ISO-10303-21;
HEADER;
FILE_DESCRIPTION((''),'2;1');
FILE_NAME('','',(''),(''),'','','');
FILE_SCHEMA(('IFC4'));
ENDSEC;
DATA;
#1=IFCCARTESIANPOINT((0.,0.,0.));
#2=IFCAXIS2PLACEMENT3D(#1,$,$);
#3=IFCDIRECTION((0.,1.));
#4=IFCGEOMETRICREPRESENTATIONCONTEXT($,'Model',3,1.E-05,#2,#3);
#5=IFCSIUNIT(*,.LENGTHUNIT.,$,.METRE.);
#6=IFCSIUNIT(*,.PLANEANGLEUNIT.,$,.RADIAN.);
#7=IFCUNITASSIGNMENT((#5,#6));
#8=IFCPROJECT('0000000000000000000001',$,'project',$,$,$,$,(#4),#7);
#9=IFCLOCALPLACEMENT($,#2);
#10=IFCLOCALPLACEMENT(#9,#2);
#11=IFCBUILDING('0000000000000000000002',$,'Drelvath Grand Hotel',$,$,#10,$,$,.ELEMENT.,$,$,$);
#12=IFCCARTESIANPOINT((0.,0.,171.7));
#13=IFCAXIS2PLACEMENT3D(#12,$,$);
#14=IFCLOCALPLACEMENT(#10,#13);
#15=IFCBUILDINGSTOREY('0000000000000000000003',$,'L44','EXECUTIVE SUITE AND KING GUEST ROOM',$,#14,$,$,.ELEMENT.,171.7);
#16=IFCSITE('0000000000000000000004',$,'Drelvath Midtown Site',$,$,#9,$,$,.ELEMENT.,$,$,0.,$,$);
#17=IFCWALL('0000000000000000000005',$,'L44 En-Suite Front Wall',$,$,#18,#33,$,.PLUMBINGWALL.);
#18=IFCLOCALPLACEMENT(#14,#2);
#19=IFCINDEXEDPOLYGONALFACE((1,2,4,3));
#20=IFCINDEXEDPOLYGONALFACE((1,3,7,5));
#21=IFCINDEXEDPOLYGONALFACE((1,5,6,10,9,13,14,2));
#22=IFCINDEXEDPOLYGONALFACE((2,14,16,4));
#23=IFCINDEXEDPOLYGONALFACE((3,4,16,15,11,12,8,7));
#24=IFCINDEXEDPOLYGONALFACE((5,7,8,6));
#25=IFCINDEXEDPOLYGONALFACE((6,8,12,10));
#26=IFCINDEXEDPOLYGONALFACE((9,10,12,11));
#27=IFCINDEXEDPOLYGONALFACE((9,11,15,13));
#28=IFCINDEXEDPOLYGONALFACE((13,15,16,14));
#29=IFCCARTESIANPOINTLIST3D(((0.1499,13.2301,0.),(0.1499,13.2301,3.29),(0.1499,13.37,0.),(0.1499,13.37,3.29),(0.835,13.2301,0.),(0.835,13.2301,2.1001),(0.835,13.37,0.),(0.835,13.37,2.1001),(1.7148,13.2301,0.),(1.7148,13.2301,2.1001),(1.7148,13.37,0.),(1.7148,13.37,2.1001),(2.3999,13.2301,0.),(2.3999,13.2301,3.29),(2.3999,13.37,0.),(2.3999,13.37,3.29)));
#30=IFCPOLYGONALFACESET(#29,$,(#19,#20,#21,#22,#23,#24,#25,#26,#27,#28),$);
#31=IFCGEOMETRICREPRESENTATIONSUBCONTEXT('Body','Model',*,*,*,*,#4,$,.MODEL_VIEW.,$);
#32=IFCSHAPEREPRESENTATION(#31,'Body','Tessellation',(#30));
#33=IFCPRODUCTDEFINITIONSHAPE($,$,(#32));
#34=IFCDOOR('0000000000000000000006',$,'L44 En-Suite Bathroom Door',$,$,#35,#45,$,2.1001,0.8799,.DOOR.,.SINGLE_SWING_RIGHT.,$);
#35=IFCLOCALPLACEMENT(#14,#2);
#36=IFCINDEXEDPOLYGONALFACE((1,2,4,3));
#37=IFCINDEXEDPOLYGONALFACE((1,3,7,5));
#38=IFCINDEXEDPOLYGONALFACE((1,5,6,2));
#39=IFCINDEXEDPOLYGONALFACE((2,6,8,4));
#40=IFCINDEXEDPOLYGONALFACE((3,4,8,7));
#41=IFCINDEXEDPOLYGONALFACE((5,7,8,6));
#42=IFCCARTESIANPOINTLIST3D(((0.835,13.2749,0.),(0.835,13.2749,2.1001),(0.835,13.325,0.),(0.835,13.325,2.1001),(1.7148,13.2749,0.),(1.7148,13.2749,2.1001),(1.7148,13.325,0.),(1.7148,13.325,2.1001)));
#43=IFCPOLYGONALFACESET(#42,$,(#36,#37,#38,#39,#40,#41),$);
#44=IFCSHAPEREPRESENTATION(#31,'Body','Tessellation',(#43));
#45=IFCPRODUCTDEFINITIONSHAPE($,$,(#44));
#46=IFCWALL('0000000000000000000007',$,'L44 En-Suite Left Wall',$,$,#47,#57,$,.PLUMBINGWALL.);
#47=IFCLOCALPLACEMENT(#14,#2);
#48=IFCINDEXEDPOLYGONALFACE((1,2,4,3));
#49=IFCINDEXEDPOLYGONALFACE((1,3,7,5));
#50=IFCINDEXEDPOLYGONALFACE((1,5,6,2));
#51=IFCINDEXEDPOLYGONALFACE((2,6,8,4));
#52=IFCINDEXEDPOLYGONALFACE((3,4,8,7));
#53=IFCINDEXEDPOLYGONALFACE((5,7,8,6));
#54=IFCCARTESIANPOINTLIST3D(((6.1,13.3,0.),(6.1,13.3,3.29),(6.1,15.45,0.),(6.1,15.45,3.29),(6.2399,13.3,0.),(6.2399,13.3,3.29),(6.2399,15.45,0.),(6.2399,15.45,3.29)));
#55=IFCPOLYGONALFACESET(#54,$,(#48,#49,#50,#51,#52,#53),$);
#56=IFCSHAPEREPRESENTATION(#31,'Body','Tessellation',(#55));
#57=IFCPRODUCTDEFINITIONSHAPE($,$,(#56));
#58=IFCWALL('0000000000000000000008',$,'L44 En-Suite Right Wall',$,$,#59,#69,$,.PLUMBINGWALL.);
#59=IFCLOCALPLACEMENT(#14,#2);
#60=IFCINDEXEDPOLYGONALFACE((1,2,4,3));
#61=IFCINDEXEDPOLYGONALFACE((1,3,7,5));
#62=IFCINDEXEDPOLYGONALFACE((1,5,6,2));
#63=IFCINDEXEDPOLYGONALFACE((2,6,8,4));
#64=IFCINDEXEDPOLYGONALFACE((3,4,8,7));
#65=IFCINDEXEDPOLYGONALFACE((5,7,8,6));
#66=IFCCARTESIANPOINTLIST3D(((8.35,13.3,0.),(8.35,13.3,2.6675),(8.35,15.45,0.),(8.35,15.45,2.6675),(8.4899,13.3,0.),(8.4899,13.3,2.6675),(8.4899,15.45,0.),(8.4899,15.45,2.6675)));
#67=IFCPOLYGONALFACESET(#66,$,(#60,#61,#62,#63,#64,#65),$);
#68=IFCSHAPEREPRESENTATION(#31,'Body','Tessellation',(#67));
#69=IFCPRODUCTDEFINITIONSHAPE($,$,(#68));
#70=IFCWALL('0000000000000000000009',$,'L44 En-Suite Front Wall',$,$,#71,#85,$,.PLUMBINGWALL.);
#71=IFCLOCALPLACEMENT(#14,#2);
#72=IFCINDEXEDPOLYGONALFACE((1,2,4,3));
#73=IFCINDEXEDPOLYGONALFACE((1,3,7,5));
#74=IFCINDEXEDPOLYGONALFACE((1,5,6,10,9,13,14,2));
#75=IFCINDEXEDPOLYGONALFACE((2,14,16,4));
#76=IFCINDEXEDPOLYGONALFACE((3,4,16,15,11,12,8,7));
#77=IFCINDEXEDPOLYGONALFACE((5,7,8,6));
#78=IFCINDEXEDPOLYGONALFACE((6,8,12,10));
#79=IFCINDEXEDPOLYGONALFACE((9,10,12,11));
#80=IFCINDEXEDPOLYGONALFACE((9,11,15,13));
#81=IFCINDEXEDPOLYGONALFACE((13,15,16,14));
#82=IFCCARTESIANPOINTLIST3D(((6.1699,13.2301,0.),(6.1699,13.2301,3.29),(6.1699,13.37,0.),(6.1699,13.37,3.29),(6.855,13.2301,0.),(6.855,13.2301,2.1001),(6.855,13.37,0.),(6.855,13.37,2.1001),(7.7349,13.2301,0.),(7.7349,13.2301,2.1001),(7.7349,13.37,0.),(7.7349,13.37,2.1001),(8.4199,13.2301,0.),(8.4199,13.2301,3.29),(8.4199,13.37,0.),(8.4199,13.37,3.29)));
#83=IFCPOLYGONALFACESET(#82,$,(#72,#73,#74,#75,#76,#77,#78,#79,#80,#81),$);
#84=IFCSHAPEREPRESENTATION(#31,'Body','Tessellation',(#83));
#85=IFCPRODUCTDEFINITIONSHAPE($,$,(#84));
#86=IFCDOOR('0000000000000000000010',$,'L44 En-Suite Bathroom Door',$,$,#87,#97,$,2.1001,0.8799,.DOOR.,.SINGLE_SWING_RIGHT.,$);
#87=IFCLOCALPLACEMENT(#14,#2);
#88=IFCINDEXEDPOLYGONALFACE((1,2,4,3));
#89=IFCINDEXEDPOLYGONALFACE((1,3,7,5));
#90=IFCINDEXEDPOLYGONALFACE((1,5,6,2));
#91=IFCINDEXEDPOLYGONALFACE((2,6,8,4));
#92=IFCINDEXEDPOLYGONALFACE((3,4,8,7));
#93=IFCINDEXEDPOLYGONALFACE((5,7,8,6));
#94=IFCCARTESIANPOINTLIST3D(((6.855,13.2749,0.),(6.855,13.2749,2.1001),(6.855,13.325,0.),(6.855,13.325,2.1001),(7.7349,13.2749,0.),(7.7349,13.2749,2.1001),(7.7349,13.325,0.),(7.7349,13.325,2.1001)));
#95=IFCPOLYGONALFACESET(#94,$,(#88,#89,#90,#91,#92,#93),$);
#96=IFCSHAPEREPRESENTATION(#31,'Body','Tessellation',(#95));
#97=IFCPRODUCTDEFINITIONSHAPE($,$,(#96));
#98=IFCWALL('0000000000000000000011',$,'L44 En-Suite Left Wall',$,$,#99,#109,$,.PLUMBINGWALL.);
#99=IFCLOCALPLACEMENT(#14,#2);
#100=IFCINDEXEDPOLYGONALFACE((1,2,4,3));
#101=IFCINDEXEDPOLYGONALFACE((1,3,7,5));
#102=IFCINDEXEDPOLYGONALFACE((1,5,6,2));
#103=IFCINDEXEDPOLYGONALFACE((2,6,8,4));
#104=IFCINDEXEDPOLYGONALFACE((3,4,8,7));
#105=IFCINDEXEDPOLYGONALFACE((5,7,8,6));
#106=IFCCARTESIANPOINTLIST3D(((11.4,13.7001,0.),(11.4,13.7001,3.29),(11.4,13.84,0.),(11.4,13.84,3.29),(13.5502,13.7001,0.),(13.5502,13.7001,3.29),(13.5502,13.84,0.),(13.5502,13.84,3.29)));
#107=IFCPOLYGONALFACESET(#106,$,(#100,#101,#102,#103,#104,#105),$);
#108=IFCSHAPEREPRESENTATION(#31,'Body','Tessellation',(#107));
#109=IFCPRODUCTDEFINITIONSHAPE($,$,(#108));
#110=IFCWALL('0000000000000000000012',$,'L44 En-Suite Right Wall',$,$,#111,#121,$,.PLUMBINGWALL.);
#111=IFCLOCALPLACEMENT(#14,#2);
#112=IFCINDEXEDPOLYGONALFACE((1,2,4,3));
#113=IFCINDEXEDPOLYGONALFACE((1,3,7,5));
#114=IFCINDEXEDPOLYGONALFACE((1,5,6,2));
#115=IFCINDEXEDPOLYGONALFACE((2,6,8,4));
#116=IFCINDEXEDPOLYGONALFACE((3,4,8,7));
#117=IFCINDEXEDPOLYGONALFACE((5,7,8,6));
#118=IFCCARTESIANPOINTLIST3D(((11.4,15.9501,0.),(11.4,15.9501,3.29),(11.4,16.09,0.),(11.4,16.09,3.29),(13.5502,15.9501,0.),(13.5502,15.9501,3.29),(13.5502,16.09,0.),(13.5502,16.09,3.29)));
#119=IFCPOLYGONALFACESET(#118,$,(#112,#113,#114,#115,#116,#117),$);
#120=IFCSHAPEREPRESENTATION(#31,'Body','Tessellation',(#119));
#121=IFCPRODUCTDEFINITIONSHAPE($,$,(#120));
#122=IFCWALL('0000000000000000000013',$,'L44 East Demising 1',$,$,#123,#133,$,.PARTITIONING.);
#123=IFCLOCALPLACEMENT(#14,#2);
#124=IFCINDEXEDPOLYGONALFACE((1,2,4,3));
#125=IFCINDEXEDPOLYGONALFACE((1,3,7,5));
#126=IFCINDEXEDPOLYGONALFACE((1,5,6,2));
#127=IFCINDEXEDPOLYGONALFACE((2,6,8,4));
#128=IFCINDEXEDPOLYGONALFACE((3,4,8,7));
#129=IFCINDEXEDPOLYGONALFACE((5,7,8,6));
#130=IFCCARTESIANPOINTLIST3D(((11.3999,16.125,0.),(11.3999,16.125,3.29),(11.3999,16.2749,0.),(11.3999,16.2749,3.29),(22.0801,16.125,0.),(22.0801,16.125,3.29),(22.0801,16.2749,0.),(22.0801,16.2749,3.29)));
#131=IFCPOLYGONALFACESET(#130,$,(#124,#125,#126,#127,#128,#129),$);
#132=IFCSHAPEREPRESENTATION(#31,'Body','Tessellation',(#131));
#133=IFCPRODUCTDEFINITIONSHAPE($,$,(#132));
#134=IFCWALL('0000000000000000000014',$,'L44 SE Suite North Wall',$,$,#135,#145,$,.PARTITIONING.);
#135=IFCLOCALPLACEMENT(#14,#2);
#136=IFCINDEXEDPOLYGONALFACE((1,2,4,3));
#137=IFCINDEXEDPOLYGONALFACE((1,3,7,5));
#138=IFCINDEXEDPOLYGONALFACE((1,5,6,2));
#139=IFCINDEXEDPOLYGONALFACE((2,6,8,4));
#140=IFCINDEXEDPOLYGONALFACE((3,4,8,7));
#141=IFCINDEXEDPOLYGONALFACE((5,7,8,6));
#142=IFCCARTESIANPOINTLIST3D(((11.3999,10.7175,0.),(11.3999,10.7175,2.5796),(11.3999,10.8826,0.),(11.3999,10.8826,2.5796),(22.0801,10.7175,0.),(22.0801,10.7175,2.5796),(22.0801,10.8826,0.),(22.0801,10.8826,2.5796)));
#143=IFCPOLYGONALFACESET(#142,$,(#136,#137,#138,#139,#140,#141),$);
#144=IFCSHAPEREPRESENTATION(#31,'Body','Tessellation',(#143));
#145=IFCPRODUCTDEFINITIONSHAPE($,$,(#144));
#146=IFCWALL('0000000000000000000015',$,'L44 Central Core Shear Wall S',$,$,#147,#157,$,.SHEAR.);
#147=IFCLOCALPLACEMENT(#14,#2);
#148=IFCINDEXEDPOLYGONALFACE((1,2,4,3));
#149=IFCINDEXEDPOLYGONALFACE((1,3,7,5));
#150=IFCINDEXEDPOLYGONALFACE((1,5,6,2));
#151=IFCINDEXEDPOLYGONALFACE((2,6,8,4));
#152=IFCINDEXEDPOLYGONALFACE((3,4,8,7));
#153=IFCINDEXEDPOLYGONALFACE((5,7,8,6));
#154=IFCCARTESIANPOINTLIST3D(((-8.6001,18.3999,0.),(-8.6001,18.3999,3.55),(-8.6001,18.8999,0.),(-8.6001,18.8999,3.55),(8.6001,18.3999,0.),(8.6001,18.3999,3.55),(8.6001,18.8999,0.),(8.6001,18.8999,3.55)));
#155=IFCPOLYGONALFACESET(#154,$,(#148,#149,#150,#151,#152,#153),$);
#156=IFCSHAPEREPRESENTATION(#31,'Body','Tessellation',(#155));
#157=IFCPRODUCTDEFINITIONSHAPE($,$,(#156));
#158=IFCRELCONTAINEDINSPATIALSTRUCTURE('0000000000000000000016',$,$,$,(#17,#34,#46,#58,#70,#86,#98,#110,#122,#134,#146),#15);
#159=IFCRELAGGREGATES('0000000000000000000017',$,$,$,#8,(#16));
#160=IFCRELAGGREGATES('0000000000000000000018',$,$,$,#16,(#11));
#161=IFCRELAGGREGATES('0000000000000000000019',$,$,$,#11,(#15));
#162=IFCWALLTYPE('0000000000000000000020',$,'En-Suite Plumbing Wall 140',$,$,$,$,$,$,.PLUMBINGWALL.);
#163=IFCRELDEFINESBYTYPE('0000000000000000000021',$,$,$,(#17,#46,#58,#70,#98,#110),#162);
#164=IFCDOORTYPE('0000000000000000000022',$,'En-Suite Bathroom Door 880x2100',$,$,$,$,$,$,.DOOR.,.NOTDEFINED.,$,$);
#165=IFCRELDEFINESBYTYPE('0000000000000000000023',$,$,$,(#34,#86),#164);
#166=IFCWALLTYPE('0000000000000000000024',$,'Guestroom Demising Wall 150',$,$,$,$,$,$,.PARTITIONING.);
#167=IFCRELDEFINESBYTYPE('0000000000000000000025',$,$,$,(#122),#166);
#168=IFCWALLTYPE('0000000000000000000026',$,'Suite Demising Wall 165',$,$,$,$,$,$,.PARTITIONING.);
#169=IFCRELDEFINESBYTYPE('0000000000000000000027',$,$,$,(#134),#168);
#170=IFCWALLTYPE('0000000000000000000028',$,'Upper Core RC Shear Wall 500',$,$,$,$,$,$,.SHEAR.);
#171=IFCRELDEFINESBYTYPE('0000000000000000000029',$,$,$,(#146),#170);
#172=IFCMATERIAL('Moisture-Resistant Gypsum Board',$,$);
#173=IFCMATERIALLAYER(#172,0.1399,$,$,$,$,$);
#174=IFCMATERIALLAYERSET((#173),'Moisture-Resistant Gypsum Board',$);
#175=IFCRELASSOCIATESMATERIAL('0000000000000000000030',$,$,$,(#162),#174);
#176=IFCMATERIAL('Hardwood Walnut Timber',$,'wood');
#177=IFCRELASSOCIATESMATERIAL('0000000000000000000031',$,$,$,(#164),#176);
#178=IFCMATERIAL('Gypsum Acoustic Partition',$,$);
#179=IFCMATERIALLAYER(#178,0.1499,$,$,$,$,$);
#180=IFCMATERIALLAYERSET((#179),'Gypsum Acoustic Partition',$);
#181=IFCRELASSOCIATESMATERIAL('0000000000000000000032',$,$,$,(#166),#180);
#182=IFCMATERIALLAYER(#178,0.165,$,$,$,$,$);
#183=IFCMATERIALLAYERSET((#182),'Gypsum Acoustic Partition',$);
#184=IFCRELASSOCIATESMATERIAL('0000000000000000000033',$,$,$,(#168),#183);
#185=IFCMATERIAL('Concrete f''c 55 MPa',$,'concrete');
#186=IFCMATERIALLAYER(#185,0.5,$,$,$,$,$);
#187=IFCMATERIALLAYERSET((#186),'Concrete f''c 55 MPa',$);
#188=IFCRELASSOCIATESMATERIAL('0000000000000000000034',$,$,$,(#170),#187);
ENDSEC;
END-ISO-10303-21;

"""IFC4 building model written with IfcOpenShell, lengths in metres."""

from ifc_helpers import new_model, si_unit, direction, frame, frame_2d, origin, place, context, subcontext, project, spatial, rectangle, extrude, material, layer, layer_set, type_object, element, fill, save


model = new_model("IFC4")

# Units and contexts
model_context = context("Model", 3, precision=1e-05, world=origin(), true_north=direction((0.0, 1.0)))
body_context = subcontext(model_context, "Body", "Model", "MODEL_VIEW")
ifc_project = project(units=[si_unit("LENGTHUNIT", "METRE"), si_unit("PLANEANGLEUNIT", "RADIAN")], contexts=[model_context])

# Site, building, storey
site_placement = place(None, origin())
site = spatial("IfcSite", under=ifc_project, at=site_placement, Name="Drelvath Midtown Site", CompositionType="ELEMENT", RefElevation=0.0)
building_placement = place(site_placement, origin())
building = spatial("IfcBuilding", under=site, at=building_placement, Name="Drelvath Grand Hotel", CompositionType="ELEMENT")
storey_placement = place(building_placement, frame((0.0, 0.0, 171.7)))
storey = spatial("IfcBuildingStorey", under=building, at=storey_placement, Name="L44", Description="EXECUTIVE SUITE AND KING GUEST ROOM", CompositionType="ELEMENT", Elevation=171.7)

# Shared definitions
ifc_material_1 = material(Name="Concrete f'c 55 MPa", Category="concrete")

# Shared definitions
ifc_material_2 = material(Name="Moisture-Resistant Gypsum Board")
ifc_layer_1 = layer(ifc_material_2, 0.1399)
ifc_layer_set_1 = layer_set([ifc_layer_1], Name="Moisture-Resistant Gypsum Board")
wall_type_1 = type_object("IfcWallType", Name="En-Suite Plumbing Wall 140", PredefinedType="PLUMBINGWALL", material=ifc_layer_set_1)

# Wall, opening, door
wall_1_placement = place(storey_placement, frame((0.1499, 13.3, 0.0), z_axis=(0.0, 0.0, 1.0), x_axis=(1.0, 0.0, 0.0)))
wall_1 = element("IfcWall", 1, at=wall_1_placement, inside=storey, type_object=wall_type_1, Name="L44 En-Suite Front Wall", PredefinedType="PLUMBINGWALL", context=body_context, shape_type="SweptSolid", body=[
    extrude(rectangle(XDim=2.25, YDim=0.1399, at=frame_2d((1.125, 0.0))), origin(), (0.0, 0.0, 1.0), 3.29),
])
opening_1_placement = place(wall_1_placement, frame((0.6851, 0.0, 0.0)))
opening_1 = element("IfcOpeningElement", 2, at=opening_1_placement, cuts=wall_1, PredefinedType="OPENING", context=body_context, shape_type="SweptSolid", body=[
    extrude(rectangle(XDim=0.8799, YDim=2.1001, at=frame_2d((0.4399, 1.05))), frame((0.0, 0.0798, 0.0), z_axis=(0.0, -1.0, 0.0), x_axis=(1.0, 0.0, 0.0)), (0.0, 0.0, 1.0), 0.1599),
])
ifc_material_3 = material(Name="Hardwood Walnut Timber", Category="wood")
door_type_1 = type_object("IfcDoorType", Name="En-Suite Bathroom Door 880x2100", OperationType="NOTDEFINED", PredefinedType="DOOR", material=ifc_material_3)
door_1_placement = place(opening_1_placement, origin())
door_1 = element("IfcDoor", 3, at=door_1_placement, inside=storey, type_object=door_type_1, Name="L44 En-Suite Bathroom Door", OperationType="SINGLE_SWING_RIGHT", OverallHeight=2.1001, OverallWidth=0.8799, PredefinedType="DOOR", context=body_context, shape_type="SweptSolid", body=[
    extrude(rectangle(XDim=0.8799, YDim=2.1001, at=frame_2d((0.4399, 1.05))), frame((0.0, 0.0249, 0.0), z_axis=(0.0, -1.0, 0.0), x_axis=(1.0, 0.0, 0.0)), (0.0, 0.0, 1.0), 0.05),
])
fill(opening_1, door_1)

# Walls
wall_2_placement = place(storey_placement, frame((6.1699, 15.45, 0.0), z_axis=(0.0, 0.0, 1.0), x_axis=(0.0, -1.0, 0.0)))
element("IfcWall", 4, at=wall_2_placement, inside=storey, type_object=wall_type_1, Name="L44 En-Suite Left Wall", PredefinedType="PLUMBINGWALL", context=body_context, shape_type="SweptSolid", body=[
    extrude(rectangle(XDim=2.1499, YDim=0.1399, at=frame_2d((1.075, 0.0))), origin(), (0.0, 0.0, 1.0), 3.29),
])
wall_3_placement = place(storey_placement, frame((8.4199, 15.45, 0.0), z_axis=(0.0, 0.0, 1.0), x_axis=(0.0, -1.0, 0.0)))
element("IfcWall", 5, at=wall_3_placement, inside=storey, type_object=wall_type_1, Name="L44 En-Suite Right Wall", PredefinedType="PLUMBINGWALL", context=body_context, shape_type="SweptSolid", body=[
    extrude(rectangle(XDim=2.1499, YDim=0.1399, at=frame_2d((1.075, 0.0))), origin(), (0.0, 0.0, 1.0), 2.6675),
])

# Wall, opening, door
wall_4_placement = place(storey_placement, frame((6.1699, 13.3, 0.0), z_axis=(0.0, 0.0, 1.0), x_axis=(1.0, 0.0, 0.0)))
wall_4 = element("IfcWall", 6, at=wall_4_placement, inside=storey, type_object=wall_type_1, Name="L44 En-Suite Front Wall", PredefinedType="PLUMBINGWALL", context=body_context, shape_type="SweptSolid", body=[
    extrude(rectangle(XDim=2.25, YDim=0.1399, at=frame_2d((1.125, 0.0))), origin(), (0.0, 0.0, 1.0), 3.29),
])
opening_2_placement = place(wall_4_placement, frame((0.6851, 0.0, 0.0)))
opening_2 = element("IfcOpeningElement", 7, at=opening_2_placement, cuts=wall_4, PredefinedType="OPENING", context=body_context, shape_type="SweptSolid", body=[
    extrude(rectangle(XDim=0.8799, YDim=2.1001, at=frame_2d((0.4399, 1.05))), frame((0.0, 0.0798, 0.0), z_axis=(0.0, -1.0, 0.0), x_axis=(1.0, 0.0, 0.0)), (0.0, 0.0, 1.0), 0.1599),
])
door_2_placement = place(opening_2_placement, origin())
door_2 = element("IfcDoor", 8, at=door_2_placement, inside=storey, type_object=door_type_1, Name="L44 En-Suite Bathroom Door", OperationType="SINGLE_SWING_RIGHT", OverallHeight=2.1001, OverallWidth=0.8799, PredefinedType="DOOR", context=body_context, shape_type="SweptSolid", body=[
    extrude(rectangle(XDim=0.8799, YDim=2.1001, at=frame_2d((0.4399, 1.05))), frame((0.0, 0.0249, 0.0), z_axis=(0.0, -1.0, 0.0), x_axis=(1.0, 0.0, 0.0)), (0.0, 0.0, 1.0), 0.05),
])
fill(opening_2, door_2)

# Walls
for number, where, z_axis, x_axis, name in (
    (9, (11.3999, 13.77, 0.0), (0.0, 0.0, 1.0), (1.0, 0.0, 0.0), "L44 En-Suite Left Wall"),
    (10, (11.3999, 16.02, 0.0), (0.0, 0.0, 1.0), (1.0, 0.0, 0.0), "L44 En-Suite Right Wall"),
):
    element("IfcWall", number, at=place(storey_placement, frame(where, z_axis=z_axis, x_axis=x_axis)), inside=storey, type_object=wall_type_1, Name=name, PredefinedType="PLUMBINGWALL", context=body_context, shape_type="SweptSolid", body=[
        extrude(rectangle(XDim=2.1501, YDim=0.1399, at=frame_2d((1.0752, 0.0))), origin(), (0.0, 0.0, 1.0), 3.29),
    ])
ifc_material_4 = material(Name="Gypsum Acoustic Partition")
ifc_layer_2 = layer(ifc_material_4, 0.1499)
ifc_layer_set_2 = layer_set([ifc_layer_2], Name="Gypsum Acoustic Partition")
wall_type_2 = type_object("IfcWallType", Name="Guestroom Demising Wall 150", PredefinedType="PARTITIONING", material=ifc_layer_set_2)
wall_5_placement = place(storey_placement, frame((11.3999, 16.2, 0.0), z_axis=(0.0, 0.0, 1.0), x_axis=(1.0, 0.0, 0.0)))
element("IfcWall", 11, at=wall_5_placement, inside=storey, type_object=wall_type_2, Name="L44 East Demising 1", PredefinedType="PARTITIONING", context=body_context, shape_type="SweptSolid", body=[
    extrude(rectangle(XDim=10.6802, YDim=0.1499, at=frame_2d((5.3401, 0.0))), origin(), (0.0, 0.0, 1.0), 3.29),
])
ifc_layer_3 = layer(ifc_material_4, 0.165)
ifc_layer_set_3 = layer_set([ifc_layer_3], Name="Gypsum Acoustic Partition")
wall_type_3 = type_object("IfcWallType", Name="Suite Demising Wall 165", PredefinedType="PARTITIONING", material=ifc_layer_set_3)
wall_6_placement = place(storey_placement, frame((11.3999, 10.8, 0.0), z_axis=(0.0, 0.0, 1.0), x_axis=(1.0, 0.0, 0.0)))
element("IfcWall", 12, at=wall_6_placement, inside=storey, type_object=wall_type_3, Name="L44 SE Suite North Wall", PredefinedType="PARTITIONING", context=body_context, shape_type="SweptSolid", body=[
    extrude(rectangle(XDim=10.6802, YDim=0.165, at=frame_2d((5.3401, 0.0))), origin(), (0.0, 0.0, 1.0), 2.5796),
])
ifc_layer_4 = layer(ifc_material_1, 0.5)
ifc_layer_set_4 = layer_set([ifc_layer_4], Name="Concrete f'c 55 MPa")
wall_type_4 = type_object("IfcWallType", Name="Upper Core RC Shear Wall 500", PredefinedType="SHEAR", material=ifc_layer_set_4)
wall_7_placement = place(storey_placement, frame((8.6001, 18.6499, 0.0), z_axis=(0.0, 0.0, 1.0), x_axis=(-1.0, 0.0, 0.0)))
element("IfcWall", 13, at=wall_7_placement, inside=storey, type_object=wall_type_4, Name="L44 Central Core Shear Wall S", PredefinedType="SHEAR", context=body_context, shape_type="SweptSolid", body=[
    extrude(rectangle(XDim=17.2002, YDim=0.5, at=frame_2d((8.6001, 0.0))), origin(), (0.0, 0.0, 1.0), 3.55),
])

save(model, "model.ifc")
